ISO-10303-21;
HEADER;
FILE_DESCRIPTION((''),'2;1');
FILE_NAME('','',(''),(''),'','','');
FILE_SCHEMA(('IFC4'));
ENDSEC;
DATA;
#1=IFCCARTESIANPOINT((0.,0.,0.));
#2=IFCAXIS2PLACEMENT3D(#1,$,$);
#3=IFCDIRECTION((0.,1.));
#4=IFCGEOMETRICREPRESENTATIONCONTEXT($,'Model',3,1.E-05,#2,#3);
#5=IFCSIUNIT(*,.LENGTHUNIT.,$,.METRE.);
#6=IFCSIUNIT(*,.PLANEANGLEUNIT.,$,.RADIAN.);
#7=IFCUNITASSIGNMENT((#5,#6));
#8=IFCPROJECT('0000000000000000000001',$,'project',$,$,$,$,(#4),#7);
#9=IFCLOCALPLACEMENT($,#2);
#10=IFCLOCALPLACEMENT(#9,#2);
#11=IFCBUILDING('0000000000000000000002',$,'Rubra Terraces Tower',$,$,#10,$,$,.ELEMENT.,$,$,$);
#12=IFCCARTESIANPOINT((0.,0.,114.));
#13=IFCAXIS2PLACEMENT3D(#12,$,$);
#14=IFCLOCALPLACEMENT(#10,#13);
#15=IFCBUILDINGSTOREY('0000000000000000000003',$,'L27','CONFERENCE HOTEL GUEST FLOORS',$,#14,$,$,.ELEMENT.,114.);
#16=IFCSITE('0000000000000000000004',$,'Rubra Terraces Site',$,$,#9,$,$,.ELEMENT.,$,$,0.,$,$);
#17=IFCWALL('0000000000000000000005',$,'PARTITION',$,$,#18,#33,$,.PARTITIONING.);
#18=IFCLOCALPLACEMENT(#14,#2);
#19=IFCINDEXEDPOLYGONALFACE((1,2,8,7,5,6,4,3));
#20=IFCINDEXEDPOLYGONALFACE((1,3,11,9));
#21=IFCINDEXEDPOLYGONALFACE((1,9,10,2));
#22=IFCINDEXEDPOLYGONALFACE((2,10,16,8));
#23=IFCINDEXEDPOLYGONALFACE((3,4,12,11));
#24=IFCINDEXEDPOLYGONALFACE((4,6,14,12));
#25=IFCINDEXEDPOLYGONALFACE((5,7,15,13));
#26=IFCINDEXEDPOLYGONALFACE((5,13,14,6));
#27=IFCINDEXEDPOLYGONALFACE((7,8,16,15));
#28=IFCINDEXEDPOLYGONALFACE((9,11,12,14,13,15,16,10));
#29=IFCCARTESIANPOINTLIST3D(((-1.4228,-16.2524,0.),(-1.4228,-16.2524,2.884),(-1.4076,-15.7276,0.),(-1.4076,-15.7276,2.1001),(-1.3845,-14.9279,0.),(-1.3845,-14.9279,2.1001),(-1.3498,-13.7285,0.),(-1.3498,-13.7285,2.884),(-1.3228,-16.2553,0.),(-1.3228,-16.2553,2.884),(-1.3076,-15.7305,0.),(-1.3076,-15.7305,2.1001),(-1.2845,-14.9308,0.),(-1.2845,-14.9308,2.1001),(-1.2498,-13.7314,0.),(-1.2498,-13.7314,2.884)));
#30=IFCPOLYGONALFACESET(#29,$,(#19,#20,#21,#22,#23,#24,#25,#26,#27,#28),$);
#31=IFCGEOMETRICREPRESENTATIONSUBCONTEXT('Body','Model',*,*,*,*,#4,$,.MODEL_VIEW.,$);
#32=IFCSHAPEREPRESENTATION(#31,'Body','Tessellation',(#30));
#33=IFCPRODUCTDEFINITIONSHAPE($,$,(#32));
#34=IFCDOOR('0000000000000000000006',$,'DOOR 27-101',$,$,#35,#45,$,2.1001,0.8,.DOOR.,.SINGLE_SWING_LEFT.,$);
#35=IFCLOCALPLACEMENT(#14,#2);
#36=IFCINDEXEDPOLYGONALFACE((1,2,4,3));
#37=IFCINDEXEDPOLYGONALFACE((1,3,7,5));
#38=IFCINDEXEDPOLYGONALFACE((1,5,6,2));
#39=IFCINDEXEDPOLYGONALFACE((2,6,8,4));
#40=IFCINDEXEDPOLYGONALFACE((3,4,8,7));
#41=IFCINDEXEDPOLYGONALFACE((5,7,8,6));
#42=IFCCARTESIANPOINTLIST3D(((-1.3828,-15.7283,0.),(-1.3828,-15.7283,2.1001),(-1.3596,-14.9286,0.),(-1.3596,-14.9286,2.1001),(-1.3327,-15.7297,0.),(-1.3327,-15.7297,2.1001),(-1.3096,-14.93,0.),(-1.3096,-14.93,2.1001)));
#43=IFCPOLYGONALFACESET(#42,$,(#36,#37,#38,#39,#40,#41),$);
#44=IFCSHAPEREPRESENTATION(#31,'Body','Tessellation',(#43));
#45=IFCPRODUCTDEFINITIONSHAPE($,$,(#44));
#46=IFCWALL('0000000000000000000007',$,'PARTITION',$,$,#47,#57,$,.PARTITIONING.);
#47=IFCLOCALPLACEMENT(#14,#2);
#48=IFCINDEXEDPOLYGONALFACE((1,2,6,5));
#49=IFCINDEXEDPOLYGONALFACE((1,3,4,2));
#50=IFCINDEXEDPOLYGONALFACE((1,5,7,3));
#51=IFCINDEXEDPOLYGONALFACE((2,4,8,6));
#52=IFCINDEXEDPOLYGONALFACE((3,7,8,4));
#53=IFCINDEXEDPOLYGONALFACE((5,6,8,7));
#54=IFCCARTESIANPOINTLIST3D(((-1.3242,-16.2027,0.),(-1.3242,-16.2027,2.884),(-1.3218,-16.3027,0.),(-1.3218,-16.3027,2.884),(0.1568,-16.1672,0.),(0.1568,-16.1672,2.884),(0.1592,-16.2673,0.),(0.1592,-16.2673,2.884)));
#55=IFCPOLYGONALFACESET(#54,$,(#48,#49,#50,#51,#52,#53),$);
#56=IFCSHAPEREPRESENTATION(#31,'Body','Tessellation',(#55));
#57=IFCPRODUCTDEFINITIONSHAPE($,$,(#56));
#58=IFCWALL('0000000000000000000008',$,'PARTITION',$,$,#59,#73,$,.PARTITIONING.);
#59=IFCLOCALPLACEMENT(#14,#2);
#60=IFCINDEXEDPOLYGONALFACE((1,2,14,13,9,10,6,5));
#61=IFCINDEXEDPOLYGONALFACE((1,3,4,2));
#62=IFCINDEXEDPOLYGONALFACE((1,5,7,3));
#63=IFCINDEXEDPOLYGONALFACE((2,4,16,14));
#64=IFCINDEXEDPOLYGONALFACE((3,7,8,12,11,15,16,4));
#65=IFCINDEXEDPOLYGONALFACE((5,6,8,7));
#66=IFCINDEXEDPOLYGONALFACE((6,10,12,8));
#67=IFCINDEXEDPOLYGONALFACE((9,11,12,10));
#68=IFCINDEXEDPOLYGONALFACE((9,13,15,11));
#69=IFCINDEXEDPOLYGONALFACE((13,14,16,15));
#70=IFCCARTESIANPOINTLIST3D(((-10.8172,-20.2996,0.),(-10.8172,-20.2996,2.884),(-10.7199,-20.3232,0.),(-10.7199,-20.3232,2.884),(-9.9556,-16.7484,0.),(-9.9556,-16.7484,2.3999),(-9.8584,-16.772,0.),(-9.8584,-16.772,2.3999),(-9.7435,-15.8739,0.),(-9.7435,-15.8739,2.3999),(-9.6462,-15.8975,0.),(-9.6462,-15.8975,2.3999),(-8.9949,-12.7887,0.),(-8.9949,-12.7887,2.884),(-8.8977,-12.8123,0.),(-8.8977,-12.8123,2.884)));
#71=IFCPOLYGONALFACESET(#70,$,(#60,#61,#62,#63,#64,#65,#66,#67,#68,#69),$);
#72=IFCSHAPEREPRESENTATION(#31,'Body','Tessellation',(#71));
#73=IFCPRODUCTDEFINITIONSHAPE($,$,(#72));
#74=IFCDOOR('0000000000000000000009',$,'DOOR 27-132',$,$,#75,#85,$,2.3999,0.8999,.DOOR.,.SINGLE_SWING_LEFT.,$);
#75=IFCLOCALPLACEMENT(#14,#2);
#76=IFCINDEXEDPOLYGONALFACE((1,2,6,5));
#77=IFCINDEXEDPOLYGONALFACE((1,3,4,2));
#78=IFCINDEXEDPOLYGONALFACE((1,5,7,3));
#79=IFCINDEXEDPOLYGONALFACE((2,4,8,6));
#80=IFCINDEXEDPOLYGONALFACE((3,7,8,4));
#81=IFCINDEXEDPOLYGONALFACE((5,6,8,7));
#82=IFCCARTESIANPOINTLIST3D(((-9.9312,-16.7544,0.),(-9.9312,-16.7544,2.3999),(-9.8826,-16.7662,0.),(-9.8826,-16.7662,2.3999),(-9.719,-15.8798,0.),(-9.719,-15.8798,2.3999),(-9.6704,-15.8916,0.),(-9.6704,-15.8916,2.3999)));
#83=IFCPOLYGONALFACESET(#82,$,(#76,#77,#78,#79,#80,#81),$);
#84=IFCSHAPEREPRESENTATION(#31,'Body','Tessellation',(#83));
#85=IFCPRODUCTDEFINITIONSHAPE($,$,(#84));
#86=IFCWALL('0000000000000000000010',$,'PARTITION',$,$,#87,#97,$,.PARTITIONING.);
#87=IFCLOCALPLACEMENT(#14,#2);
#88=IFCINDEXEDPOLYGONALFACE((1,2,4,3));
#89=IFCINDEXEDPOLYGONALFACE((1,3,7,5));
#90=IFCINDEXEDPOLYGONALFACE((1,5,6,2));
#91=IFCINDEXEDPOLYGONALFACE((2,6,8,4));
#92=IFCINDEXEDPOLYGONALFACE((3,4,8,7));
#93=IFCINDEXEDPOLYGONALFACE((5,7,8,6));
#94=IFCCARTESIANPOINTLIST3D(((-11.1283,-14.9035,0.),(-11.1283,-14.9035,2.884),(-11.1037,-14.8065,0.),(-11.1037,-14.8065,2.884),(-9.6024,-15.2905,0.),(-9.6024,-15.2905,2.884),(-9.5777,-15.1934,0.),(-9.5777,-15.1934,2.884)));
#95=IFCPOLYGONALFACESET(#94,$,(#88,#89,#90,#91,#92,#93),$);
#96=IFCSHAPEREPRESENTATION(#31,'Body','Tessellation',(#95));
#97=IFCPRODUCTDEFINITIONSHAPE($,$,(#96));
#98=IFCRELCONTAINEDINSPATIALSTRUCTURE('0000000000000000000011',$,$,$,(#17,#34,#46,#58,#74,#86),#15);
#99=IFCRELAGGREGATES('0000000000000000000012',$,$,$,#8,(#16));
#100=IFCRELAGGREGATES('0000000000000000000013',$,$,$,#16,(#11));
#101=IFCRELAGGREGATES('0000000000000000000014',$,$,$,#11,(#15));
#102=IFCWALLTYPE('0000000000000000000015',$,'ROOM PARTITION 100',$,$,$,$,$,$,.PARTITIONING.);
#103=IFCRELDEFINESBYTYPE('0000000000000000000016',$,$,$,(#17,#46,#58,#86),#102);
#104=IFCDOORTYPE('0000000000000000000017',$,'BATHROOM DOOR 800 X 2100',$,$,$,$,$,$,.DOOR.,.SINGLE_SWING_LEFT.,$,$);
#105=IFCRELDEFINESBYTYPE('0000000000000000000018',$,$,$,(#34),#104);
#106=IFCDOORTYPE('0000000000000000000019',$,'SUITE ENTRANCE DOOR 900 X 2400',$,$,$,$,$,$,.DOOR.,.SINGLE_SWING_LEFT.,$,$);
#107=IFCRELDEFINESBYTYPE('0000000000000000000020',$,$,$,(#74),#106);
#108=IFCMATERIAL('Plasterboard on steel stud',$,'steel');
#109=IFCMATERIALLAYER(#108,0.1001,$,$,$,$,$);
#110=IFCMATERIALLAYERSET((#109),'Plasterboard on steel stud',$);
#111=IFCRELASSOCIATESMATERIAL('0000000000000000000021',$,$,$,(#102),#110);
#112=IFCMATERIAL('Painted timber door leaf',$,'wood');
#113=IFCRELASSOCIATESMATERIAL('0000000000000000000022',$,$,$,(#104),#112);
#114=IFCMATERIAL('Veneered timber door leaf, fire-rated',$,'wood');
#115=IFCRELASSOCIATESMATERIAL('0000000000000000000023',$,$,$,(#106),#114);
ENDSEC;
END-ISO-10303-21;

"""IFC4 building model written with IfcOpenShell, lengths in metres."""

from ifc_helpers import new_model, si_unit, direction, frame, frame_2d, origin, place, context, subcontext, project, spatial, rectangle, extrude, material, layer, layer_set, type_object, element, fill, save


model = new_model("IFC4")

# Units and contexts
model_context = context("Model", 3, precision=1e-05, world=origin(), true_north=direction((0.0, 1.0)))
body_context = subcontext(model_context, "Body", "Model", "MODEL_VIEW")
ifc_project = project(units=[si_unit("LENGTHUNIT", "METRE"), si_unit("PLANEANGLEUNIT", "RADIAN")], contexts=[model_context])

# Site, building, storey
site_placement = place(None, origin())
site = spatial("IfcSite", under=ifc_project, at=site_placement, Name="Rubra Terraces Site", CompositionType="ELEMENT", RefElevation=0.0)
building_placement = place(site_placement, origin())
building = spatial("IfcBuilding", under=site, at=building_placement, Name="Rubra Terraces Tower", CompositionType="ELEMENT")
storey_placement = place(building_placement, frame((0.0, 0.0, 114.0)))
storey = spatial("IfcBuildingStorey", under=building, at=storey_placement, Name="L27", Description="CONFERENCE HOTEL GUEST FLOORS", CompositionType="ELEMENT", Elevation=114.0)

# Wall, opening, door
ifc_material_1 = material(Name="Plasterboard on steel stud", Category="steel")
ifc_layer_1 = layer(ifc_material_1, 0.1001)
ifc_layer_set_1 = layer_set([ifc_layer_1], Name="Plasterboard on steel stud")
wall_type_1 = type_object("IfcWallType", Name="ROOM PARTITION 100", PredefinedType="PARTITIONING", material=ifc_layer_set_1)
wall_1_placement = place(storey_placement, frame((-1.2998, -13.73, 0.0), z_axis=(0.0, 0.0, 1.0), x_axis=(-0.02891, -0.999582, 0.0)))
wall_1 = element("IfcWall", 1, at=wall_1_placement, inside=storey, type_object=wall_type_1, Name="PARTITION", PredefinedType="PARTITIONING", context=body_context, shape_type="SweptSolid", body=[
    extrude(rectangle(XDim=2.5249, YDim=0.1001, at=frame_2d((1.2625, 0.0))), origin(), (0.0, 0.0, 1.0), 2.884),
])
opening_1_placement = place(wall_1_placement, frame((1.2, 0.0, 0.0)))
opening_1 = element("IfcOpeningElement", 2, at=opening_1_placement, cuts=wall_1, PredefinedType="OPENING", context=body_context, shape_type="SweptSolid", body=[
    extrude(rectangle(XDim=0.8, YDim=2.1001, at=frame_2d((0.3999, 1.05))), frame((0.0, 0.0601, 0.0), z_axis=(0.0, -1.0, 0.0), x_axis=(1.0, 0.0, 0.0)), (0.0, 0.0, 1.0), 0.1201),
])
ifc_material_2 = material(Name="Painted timber door leaf", Category="wood")
door_type_1 = type_object("IfcDoorType", Name="BATHROOM DOOR 800 X 2100", OperationType="SINGLE_SWING_LEFT", PredefinedType="DOOR", material=ifc_material_2)
door_1_placement = place(opening_1_placement, origin())
door_1 = element("IfcDoor", 3, at=door_1_placement, inside=storey, type_object=door_type_1, Name="DOOR 27-101", OperationType="SINGLE_SWING_LEFT", OverallHeight=2.1001, OverallWidth=0.8, PredefinedType="DOOR", context=body_context, shape_type="SweptSolid", body=[
    extrude(rectangle(XDim=0.8, YDim=2.1001, at=frame_2d((0.3999, 1.05))), frame((0.0, 0.0249, 0.0), z_axis=(0.0, -1.0, 0.0), x_axis=(1.0, 0.0, 0.0)), (0.0, 0.0, 1.0), 0.05),
])
fill(opening_1, door_1)

# Wall
wall_2_placement = place(storey_placement, frame((-1.323, -16.2527, 0.0), z_axis=(0.0, 0.0, 1.0), x_axis=(0.999714, 0.023897, 0.0)))
element("IfcWall", 4, at=wall_2_placement, inside=storey, type_object=wall_type_1, Name="PARTITION", PredefinedType="PARTITIONING", context=body_context, shape_type="SweptSolid", body=[
    extrude(rectangle(XDim=1.4814, YDim=0.1001, at=frame_2d((0.7407, 0.0))), origin(), (0.0, 0.0, 1.0), 2.884),
])

# Wall, opening, door
wall_3_placement = place(storey_placement, frame((-10.7686, -20.3113, 0.0), z_axis=(0.0, 0.0, 1.0), x_axis=(0.235781, 0.971806, 0.0)))
wall_3 = element("IfcWall", 5, at=wall_3_placement, inside=storey, type_object=wall_type_1, Name="PARTITION", PredefinedType="PARTITIONING", context=body_context, shape_type="SweptSolid", body=[
    extrude(rectangle(XDim=7.7288, YDim=0.1001, at=frame_2d((3.8643, 0.0))), origin(), (0.0, 0.0, 1.0), 2.884),
])
opening_2_placement = place(wall_3_placement, frame((3.6541, 0.0, 0.0)))
opening_2 = element("IfcOpeningElement", 6, at=opening_2_placement, cuts=wall_3, PredefinedType="OPENING", context=body_context, shape_type="SweptSolid", body=[
    extrude(rectangle(XDim=0.8999, YDim=2.3999, at=frame_2d((0.45, 1.2))), frame((0.0, 0.0601, 0.0), z_axis=(0.0, -1.0, 0.0), x_axis=(1.0, 0.0, 0.0)), (0.0, 0.0, 1.0), 0.1201),
])
ifc_material_3 = material(Name="Veneered timber door leaf, fire-rated", Category="wood")
door_type_2 = type_object("IfcDoorType", Name="SUITE ENTRANCE DOOR 900 X 2400", OperationType="SINGLE_SWING_LEFT", PredefinedType="DOOR", material=ifc_material_3)
door_2_placement = place(opening_2_placement, origin())
door_2 = element("IfcDoor", 7, at=door_2_placement, inside=storey, type_object=door_type_2, Name="DOOR 27-132", OperationType="SINGLE_SWING_LEFT", OverallHeight=2.3999, OverallWidth=0.8999, PredefinedType="DOOR", context=body_context, shape_type="SweptSolid", body=[
    extrude(rectangle(XDim=0.8999, YDim=2.3999, at=frame_2d((0.45, 1.2))), frame((0.0, 0.0249, 0.0), z_axis=(0.0, -1.0, 0.0), x_axis=(1.0, 0.0, 0.0)), (0.0, 0.0, 1.0), 0.05),
])
fill(opening_2, door_2)

# Wall
wall_4_placement = place(storey_placement, frame((-11.116, -14.855, 0.0), z_axis=(0.0, 0.0, 1.0), x_axis=(0.969316, -0.245819, 0.0)))
element("IfcWall", 8, at=wall_4_placement, inside=storey, type_object=wall_type_1, Name="PARTITION", PredefinedType="PARTITIONING", context=body_context, shape_type="SweptSolid", body=[
    extrude(rectangle(XDim=1.5742, YDim=0.1001, at=frame_2d((0.7871, 0.0))), origin(), (0.0, 0.0, 1.0), 2.884),
])

save(model, "model.ifc")
